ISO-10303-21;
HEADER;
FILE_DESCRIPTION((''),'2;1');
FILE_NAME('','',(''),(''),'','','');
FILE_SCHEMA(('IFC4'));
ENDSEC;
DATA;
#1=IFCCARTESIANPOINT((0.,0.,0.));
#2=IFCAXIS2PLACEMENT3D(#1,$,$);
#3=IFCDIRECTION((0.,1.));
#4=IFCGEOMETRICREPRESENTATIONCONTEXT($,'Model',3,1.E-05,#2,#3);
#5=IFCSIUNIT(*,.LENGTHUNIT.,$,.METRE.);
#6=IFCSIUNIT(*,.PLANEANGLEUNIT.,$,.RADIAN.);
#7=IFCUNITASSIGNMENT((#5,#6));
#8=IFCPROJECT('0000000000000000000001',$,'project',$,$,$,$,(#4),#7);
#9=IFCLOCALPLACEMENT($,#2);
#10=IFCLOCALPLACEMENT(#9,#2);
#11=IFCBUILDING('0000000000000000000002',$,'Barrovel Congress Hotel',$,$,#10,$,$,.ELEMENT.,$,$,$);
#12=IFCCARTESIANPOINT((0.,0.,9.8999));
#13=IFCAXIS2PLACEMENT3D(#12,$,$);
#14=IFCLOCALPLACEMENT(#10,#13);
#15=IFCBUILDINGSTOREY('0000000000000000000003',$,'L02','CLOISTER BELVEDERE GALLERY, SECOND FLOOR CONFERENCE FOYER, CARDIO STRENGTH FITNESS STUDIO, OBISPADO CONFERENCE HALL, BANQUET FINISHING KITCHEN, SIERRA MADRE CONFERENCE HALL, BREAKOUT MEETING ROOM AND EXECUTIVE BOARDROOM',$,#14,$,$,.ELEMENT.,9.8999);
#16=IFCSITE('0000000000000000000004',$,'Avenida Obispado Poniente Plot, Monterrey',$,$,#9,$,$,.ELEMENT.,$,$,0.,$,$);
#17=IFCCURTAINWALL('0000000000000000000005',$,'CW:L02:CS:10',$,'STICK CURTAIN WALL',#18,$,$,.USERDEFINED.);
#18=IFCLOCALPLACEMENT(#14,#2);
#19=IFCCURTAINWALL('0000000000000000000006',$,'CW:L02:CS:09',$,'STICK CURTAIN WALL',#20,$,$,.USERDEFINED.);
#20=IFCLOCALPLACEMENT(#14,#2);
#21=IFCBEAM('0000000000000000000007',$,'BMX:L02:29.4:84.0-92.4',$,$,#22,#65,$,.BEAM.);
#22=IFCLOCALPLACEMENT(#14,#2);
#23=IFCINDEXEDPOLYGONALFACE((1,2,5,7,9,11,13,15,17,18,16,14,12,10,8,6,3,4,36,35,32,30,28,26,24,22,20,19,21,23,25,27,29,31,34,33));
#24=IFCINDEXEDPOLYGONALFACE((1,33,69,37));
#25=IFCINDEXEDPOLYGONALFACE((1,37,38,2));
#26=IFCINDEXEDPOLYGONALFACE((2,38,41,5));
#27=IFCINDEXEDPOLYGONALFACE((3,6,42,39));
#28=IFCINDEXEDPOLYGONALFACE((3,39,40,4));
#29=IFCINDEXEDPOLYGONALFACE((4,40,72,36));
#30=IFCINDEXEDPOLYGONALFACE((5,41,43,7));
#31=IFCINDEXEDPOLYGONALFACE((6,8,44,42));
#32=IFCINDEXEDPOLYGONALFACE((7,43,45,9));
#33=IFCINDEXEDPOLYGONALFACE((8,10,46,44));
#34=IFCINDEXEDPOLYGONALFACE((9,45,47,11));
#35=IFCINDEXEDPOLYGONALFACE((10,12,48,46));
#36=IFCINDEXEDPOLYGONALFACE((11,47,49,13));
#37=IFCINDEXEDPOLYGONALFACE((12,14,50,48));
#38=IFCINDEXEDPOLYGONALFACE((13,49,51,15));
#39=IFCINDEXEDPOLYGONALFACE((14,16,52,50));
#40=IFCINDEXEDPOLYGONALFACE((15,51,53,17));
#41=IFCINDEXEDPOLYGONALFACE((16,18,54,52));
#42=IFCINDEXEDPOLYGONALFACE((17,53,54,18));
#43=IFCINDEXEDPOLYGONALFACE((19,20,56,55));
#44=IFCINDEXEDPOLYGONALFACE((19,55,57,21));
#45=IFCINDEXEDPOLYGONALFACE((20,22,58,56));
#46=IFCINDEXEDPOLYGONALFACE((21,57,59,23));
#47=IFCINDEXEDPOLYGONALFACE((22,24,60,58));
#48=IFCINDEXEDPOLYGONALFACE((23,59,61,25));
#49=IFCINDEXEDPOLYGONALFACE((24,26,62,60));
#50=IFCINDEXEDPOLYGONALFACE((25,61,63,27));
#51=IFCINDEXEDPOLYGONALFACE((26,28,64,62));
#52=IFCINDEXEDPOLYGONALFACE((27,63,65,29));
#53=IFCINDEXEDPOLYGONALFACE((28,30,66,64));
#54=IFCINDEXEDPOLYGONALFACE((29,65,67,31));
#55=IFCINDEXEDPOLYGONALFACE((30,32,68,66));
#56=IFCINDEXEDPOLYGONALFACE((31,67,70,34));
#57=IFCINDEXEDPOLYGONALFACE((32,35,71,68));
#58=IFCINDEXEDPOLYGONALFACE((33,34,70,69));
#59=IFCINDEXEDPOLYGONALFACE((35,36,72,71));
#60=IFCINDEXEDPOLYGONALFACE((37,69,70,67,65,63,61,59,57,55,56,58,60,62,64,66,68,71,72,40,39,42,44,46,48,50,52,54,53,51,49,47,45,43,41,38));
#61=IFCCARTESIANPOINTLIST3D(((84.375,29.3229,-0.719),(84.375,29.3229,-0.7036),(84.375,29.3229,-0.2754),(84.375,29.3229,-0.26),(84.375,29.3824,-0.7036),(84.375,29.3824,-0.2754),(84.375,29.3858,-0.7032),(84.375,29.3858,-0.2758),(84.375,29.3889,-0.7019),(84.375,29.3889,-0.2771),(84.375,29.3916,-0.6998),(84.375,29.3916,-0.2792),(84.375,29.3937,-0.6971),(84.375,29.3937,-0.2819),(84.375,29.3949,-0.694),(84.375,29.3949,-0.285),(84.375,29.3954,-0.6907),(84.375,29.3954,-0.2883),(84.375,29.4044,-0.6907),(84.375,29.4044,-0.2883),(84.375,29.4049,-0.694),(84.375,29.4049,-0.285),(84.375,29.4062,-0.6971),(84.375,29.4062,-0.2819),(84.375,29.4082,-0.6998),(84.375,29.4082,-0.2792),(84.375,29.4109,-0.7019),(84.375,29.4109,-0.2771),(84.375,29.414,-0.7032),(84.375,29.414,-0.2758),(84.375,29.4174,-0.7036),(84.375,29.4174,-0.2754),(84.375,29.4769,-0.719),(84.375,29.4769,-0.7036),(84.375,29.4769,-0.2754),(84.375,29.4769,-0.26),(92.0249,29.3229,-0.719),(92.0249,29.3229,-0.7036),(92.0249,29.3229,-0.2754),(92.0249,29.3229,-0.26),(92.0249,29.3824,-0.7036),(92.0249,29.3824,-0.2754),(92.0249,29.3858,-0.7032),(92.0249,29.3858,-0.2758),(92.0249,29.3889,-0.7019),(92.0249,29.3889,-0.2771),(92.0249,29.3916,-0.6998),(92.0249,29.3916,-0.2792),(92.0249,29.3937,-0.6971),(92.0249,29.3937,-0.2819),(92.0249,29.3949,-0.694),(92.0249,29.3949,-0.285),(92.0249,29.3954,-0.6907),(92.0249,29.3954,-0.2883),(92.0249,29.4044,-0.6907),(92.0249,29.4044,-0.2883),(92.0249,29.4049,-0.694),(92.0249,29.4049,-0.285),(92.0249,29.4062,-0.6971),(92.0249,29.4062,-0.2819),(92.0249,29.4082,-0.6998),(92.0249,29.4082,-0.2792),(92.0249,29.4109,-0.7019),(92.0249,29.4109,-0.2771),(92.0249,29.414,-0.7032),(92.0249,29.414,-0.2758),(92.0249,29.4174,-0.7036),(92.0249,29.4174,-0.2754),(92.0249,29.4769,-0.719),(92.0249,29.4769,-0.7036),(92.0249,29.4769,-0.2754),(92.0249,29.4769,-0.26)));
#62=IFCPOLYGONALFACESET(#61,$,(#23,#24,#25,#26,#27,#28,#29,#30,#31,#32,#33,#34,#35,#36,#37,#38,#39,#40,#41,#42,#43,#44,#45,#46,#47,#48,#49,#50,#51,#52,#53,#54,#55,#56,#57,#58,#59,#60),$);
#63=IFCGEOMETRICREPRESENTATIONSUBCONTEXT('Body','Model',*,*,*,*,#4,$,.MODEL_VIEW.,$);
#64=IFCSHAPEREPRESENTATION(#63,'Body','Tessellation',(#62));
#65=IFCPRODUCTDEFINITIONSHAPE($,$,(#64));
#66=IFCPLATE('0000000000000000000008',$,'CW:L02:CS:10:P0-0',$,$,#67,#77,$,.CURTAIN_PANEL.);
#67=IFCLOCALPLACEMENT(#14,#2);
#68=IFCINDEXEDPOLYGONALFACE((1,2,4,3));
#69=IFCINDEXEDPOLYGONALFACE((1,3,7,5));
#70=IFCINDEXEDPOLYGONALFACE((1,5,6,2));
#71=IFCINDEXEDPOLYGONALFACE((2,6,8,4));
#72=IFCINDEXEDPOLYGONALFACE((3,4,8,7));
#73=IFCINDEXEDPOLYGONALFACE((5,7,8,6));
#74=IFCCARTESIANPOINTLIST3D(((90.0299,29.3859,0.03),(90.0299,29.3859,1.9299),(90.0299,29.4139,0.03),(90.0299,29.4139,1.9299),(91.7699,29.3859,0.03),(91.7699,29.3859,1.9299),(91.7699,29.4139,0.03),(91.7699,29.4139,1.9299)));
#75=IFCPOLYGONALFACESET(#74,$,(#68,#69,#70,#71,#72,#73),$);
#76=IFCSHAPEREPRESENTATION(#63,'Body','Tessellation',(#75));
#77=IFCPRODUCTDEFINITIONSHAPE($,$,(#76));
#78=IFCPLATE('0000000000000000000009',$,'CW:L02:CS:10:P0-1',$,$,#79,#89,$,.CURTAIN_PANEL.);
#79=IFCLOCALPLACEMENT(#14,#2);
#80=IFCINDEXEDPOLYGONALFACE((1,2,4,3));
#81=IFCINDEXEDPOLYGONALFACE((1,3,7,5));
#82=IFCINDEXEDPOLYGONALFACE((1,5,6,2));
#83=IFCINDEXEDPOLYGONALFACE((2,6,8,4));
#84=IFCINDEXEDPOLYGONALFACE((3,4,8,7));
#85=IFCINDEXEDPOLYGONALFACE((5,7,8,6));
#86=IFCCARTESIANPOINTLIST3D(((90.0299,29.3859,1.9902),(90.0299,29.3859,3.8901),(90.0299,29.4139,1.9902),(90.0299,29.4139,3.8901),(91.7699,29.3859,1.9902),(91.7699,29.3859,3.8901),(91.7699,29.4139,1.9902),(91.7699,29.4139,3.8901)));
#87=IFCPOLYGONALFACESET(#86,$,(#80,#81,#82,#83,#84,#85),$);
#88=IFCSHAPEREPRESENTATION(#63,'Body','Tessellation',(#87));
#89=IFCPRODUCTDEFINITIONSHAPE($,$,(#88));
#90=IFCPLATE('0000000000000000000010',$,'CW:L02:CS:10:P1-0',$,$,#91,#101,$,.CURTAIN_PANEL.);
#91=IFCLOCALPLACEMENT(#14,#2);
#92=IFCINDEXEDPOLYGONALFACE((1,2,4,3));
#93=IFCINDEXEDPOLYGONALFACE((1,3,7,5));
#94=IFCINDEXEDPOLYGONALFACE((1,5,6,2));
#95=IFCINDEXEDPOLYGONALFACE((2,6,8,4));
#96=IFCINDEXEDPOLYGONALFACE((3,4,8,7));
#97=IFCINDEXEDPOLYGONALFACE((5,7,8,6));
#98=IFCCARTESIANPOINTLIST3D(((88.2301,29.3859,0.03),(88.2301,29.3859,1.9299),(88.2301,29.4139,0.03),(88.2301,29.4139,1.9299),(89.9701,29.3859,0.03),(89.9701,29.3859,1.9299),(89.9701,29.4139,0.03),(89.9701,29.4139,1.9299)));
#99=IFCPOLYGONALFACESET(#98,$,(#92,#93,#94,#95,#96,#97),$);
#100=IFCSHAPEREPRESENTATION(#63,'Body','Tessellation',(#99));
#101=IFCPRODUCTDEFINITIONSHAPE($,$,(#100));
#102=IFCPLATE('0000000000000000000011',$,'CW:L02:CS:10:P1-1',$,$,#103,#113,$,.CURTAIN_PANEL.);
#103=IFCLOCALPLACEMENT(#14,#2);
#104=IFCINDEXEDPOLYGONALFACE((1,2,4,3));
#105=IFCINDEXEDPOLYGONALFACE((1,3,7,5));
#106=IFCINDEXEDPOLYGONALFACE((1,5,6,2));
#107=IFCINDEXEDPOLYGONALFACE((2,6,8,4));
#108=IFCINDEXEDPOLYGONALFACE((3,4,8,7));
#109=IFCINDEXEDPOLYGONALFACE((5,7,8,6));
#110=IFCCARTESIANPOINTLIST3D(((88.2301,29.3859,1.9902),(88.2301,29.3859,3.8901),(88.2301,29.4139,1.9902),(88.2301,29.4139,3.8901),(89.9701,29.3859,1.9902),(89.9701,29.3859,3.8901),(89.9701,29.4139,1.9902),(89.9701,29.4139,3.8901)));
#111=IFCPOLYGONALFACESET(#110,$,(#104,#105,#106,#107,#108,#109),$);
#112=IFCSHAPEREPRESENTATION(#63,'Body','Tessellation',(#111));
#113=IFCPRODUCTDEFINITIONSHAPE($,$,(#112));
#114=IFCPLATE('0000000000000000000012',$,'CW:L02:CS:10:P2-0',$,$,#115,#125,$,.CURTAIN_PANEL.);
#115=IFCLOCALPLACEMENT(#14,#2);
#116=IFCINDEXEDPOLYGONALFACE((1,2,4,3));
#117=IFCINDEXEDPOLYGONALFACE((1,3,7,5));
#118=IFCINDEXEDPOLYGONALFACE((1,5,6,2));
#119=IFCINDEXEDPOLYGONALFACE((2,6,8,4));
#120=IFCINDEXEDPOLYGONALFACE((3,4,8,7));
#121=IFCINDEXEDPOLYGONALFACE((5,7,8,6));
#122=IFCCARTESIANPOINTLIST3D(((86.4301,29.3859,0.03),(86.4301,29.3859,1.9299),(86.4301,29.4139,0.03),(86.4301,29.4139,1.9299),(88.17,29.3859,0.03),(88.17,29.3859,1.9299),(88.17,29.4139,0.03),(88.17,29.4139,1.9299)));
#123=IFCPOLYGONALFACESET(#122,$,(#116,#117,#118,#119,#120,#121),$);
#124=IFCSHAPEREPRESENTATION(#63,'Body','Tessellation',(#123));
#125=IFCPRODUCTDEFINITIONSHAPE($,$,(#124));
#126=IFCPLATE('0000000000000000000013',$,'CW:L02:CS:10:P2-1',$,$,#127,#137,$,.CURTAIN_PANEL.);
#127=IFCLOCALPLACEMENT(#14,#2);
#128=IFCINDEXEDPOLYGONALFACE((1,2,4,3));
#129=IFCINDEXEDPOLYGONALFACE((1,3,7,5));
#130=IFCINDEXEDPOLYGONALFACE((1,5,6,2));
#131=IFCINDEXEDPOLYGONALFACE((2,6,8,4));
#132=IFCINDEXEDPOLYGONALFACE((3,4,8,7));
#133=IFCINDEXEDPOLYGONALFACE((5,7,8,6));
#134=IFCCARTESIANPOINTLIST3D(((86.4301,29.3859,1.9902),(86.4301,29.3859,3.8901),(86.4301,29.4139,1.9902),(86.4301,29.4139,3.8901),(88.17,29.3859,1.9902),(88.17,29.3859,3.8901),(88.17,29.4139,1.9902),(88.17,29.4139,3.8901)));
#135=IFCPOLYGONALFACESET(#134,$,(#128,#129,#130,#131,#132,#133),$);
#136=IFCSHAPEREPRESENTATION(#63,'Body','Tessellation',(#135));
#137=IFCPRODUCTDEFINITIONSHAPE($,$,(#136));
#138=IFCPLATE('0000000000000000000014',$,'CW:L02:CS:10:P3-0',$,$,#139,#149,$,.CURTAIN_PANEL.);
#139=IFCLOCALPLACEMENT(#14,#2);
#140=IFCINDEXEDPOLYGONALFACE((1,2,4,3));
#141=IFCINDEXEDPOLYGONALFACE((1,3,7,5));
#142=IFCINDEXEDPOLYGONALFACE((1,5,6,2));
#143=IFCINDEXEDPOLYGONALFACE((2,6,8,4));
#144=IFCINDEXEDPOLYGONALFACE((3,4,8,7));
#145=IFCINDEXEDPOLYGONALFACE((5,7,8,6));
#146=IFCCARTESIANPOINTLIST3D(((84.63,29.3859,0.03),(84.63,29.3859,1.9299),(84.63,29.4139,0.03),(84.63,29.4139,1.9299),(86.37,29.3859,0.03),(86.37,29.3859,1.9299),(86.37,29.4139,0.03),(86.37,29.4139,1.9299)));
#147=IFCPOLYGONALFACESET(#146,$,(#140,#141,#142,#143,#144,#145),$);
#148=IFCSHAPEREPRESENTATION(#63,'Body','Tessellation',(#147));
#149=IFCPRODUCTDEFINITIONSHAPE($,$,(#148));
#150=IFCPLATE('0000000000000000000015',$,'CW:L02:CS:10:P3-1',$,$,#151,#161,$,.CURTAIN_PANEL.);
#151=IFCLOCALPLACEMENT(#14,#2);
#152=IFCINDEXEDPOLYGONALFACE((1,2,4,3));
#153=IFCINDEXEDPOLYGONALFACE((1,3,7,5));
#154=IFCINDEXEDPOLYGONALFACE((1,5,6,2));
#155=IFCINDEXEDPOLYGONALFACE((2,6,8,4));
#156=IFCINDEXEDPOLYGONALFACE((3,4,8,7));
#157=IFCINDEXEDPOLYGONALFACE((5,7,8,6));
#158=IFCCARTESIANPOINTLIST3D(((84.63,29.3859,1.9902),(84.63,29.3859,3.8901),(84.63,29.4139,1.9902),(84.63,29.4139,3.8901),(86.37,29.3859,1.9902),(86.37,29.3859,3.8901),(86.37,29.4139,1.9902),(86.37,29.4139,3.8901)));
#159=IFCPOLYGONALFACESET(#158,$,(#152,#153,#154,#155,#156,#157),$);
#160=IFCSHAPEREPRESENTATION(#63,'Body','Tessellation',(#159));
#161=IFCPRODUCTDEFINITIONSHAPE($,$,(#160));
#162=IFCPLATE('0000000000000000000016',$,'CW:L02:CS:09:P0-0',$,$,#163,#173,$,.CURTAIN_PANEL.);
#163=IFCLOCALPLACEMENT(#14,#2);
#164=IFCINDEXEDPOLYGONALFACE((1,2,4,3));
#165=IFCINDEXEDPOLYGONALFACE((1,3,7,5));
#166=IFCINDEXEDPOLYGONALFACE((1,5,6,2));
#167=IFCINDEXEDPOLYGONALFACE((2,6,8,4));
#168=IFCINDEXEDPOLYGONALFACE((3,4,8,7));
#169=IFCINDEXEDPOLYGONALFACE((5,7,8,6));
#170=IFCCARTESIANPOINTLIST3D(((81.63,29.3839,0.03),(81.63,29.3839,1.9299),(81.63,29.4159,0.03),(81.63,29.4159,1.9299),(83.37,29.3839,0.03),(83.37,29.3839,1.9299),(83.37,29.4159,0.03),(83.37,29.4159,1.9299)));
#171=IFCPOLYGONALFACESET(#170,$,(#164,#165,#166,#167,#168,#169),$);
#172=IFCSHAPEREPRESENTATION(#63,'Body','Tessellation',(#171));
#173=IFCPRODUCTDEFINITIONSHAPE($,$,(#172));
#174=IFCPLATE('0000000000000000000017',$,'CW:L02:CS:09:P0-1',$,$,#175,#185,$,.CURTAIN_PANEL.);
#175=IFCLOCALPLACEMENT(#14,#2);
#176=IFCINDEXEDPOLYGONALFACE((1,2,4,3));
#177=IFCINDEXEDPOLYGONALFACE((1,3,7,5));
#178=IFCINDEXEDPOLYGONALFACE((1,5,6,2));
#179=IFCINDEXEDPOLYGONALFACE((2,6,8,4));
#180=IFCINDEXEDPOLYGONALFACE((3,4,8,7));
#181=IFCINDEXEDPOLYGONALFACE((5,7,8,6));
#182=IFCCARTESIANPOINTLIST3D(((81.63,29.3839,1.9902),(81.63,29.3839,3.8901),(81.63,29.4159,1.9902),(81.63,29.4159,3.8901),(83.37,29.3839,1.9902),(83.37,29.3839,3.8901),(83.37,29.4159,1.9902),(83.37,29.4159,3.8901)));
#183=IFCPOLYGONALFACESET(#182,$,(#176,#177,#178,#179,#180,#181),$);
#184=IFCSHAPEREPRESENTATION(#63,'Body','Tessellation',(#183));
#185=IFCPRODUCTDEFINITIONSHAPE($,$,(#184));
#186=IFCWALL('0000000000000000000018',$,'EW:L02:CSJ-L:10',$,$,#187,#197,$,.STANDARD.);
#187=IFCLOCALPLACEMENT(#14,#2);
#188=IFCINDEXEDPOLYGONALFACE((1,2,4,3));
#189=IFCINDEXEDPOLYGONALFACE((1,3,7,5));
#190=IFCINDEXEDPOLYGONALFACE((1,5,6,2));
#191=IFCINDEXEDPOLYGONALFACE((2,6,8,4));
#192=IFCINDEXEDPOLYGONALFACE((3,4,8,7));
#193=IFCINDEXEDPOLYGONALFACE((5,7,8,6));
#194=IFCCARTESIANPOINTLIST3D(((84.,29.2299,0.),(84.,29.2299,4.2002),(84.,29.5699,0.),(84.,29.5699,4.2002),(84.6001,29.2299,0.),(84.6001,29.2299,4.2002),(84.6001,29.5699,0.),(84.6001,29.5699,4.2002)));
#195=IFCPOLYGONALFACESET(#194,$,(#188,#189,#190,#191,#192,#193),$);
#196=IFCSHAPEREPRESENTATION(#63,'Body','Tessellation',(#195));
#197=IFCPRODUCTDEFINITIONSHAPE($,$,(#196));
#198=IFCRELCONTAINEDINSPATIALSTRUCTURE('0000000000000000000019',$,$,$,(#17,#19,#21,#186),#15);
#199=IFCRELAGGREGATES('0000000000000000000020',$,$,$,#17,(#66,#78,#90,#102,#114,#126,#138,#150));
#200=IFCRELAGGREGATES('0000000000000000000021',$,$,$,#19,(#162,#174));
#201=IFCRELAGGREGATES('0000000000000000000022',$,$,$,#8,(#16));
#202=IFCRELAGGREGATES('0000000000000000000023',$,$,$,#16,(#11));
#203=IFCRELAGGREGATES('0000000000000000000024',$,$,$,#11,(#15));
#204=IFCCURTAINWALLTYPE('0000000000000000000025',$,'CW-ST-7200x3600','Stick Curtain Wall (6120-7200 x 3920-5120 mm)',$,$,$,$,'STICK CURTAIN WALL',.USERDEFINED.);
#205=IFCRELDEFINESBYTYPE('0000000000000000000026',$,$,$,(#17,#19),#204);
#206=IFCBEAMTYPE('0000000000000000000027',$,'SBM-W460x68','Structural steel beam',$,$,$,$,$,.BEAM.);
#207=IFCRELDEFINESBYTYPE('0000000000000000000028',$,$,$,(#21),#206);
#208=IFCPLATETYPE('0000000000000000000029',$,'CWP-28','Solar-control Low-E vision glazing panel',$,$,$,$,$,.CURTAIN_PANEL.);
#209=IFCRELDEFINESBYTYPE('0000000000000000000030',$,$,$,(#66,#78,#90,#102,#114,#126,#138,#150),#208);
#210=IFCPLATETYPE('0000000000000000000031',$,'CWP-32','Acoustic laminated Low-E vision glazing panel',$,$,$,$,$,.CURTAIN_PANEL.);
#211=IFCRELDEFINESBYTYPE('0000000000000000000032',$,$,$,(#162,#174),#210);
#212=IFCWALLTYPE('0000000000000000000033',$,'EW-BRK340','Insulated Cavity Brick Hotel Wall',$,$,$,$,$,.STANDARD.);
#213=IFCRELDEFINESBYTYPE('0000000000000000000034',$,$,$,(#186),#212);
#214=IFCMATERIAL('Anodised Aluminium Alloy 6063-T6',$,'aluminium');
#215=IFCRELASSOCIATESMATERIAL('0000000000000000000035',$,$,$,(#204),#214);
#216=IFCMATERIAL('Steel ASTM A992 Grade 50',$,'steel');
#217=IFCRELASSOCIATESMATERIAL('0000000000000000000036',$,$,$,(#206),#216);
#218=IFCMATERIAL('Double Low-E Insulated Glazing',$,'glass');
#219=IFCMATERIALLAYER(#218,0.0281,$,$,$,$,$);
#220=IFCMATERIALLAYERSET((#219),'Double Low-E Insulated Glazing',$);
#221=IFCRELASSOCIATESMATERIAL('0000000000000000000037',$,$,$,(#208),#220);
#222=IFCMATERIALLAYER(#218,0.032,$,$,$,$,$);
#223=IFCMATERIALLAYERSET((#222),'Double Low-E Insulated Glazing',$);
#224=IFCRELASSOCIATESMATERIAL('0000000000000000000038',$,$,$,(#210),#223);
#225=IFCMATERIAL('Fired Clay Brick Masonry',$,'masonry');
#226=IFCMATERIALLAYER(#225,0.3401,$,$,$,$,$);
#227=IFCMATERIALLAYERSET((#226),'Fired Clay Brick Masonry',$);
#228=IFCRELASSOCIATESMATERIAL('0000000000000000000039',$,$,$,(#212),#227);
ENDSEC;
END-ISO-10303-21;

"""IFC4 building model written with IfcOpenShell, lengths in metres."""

from ifc_helpers import new_model, si_unit, direction, frame, frame_2d, origin, origin_2d, place, context, subcontext, project, spatial, rectangle, i_section, extrude, material, layer, layer_set, material_profile, profile_set, type_object, element, aggregate, save


model = new_model("IFC4")

# Units and contexts
model_context = context("Model", 3, precision=1e-05, world=origin(), true_north=direction((0.0, 1.0)))
body_context = subcontext(model_context, "Body", "Model", "MODEL_VIEW")
ifc_project = project(units=[si_unit("LENGTHUNIT", "METRE"), si_unit("PLANEANGLEUNIT", "RADIAN")], contexts=[model_context])

# Site, building, storey
site_placement = place(None, origin())
site = spatial("IfcSite", under=ifc_project, at=site_placement, Name="Avenida Obispado Poniente Plot, Monterrey", CompositionType="ELEMENT", RefElevation=0.0)
building_placement = place(site_placement, origin())
building = spatial("IfcBuilding", under=site, at=building_placement, Name="Barrovel Congress Hotel", CompositionType="ELEMENT")
storey_placement = place(building_placement, frame((0.0, 0.0, 9.8999)))
storey = spatial("IfcBuildingStorey", under=building, at=storey_placement, Name="L02", Description="CLOISTER BELVEDERE GALLERY, SECOND FLOOR CONFERENCE FOYER, CARDIO STRENGTH FITNESS STUDIO, OBISPADO CONFERENCE HALL, BANQUET FINISHING KITCHEN, SIERRA MADRE CONFERENCE HALL, BREAKOUT MEETING ROOM AND EXECUTIVE BOARDROOM", CompositionType="ELEMENT", Elevation=9.8999)

# Curtain walls
ifc_material_1 = material(Name="Anodised Aluminium Alloy 6063-T6", Category="aluminium")
curtain_wall_type = type_object("IfcCurtainWallType", Name="CW-ST-7200x3600", Description="Stick Curtain Wall (6120-7200 x 3920-5120 mm)", ElementType="STICK CURTAIN WALL", PredefinedType="USERDEFINED", material=ifc_material_1)
curtain_wall_1_placement = place(storey_placement, origin())
curtain_wall_1 = element("IfcCurtainWall", 1, at=curtain_wall_1_placement, inside=storey, type_object=curtain_wall_type, Name="CW:L02:CS:10", ObjectType="STICK CURTAIN WALL", PredefinedType="USERDEFINED")
curtain_wall_2_placement = place(storey_placement, origin())
curtain_wall_2 = element("IfcCurtainWall", 2, at=curtain_wall_2_placement, inside=storey, type_object=curtain_wall_type, Name="CW:L02:CS:09", ObjectType="STICK CURTAIN WALL", PredefinedType="USERDEFINED")

# Beam
ifc_material_2 = material(Name="Steel ASTM A992 Grade 50", Category="steel")
ifc_material_profile_1 = material_profile(ifc_material_2, i_section(OverallWidth=0.1541, OverallDepth=0.459, WebThickness=0.009, FlangeThickness=0.0154, FilletRadius=0.0129, at=origin_2d()), Name="W460x68")
ifc_profile_set_1 = profile_set([ifc_material_profile_1], Name="Steel ASTM A992 Grade 50")
beam_type = type_object("IfcBeamType", Name="SBM-W460x68", Description="Structural steel beam", PredefinedType="BEAM", material=ifc_profile_set_1)
beam_placement = place(storey_placement, frame((84.375, 29.3999, -0.4895), z_axis=(1.0, 0.0, 0.0), x_axis=(0.0, 1.0, 0.0)))
element("IfcBeam", 3, at=beam_placement, inside=storey, type_object=beam_type, Name="BMX:L02:29.4:84.0-92.4", PredefinedType="BEAM", context=body_context, shape_type="SweptSolid", body=[
    extrude(i_section(OverallWidth=0.1541, OverallDepth=0.459, WebThickness=0.009, FlangeThickness=0.0154, FilletRadius=0.0129, at=origin_2d()), origin(), (0.0, 0.0, 1.0), 7.6499),
])

# Plates
ifc_material_3 = material(Name="Double Low-E Insulated Glazing", Category="glass")
ifc_layer_1 = layer(ifc_material_3, 0.0281)
ifc_layer_set_1 = layer_set([ifc_layer_1], Name="Double Low-E Insulated Glazing")
plate_type_1 = type_object("IfcPlateType", Name="CWP-28", Description="Solar-control Low-E vision glazing panel", PredefinedType="CURTAIN_PANEL", material=ifc_layer_set_1)
plate_1_placement = place(storey_placement, frame((90.8999, 29.3999, 0.03), z_axis=(0.0, 0.0, 1.0), x_axis=(-1.0, 0.0, 0.0)))
plate_1 = element("IfcPlate", 4, at=plate_1_placement, type_object=plate_type_1, Name="CW:L02:CS:10:P0-0", PredefinedType="CURTAIN_PANEL", context=body_context, shape_type="SweptSolid", body=[
    extrude(rectangle(XDim=1.74, YDim=0.0281, at=origin_2d()), origin(), (0.0, 0.0, 1.0), 1.8999),
])
plate_2_placement = place(storey_placement, frame((90.8999, 29.3999, 1.9902), z_axis=(0.0, 0.0, 1.0), x_axis=(-1.0, 0.0, 0.0)))
plate_2 = element("IfcPlate", 5, at=plate_2_placement, type_object=plate_type_1, Name="CW:L02:CS:10:P0-1", PredefinedType="CURTAIN_PANEL", context=body_context, shape_type="SweptSolid", body=[
    extrude(rectangle(XDim=1.74, YDim=0.0281, at=origin_2d()), origin(), (0.0, 0.0, 1.0), 1.8999),
])
plate_3_placement = place(storey_placement, frame((89.1001, 29.3999, 0.03), z_axis=(0.0, 0.0, 1.0), x_axis=(-1.0, 0.0, 0.0)))
plate_3 = element("IfcPlate", 6, at=plate_3_placement, type_object=plate_type_1, Name="CW:L02:CS:10:P1-0", PredefinedType="CURTAIN_PANEL", context=body_context, shape_type="SweptSolid", body=[
    extrude(rectangle(XDim=1.74, YDim=0.0281, at=origin_2d()), origin(), (0.0, 0.0, 1.0), 1.8999),
])
plate_4_placement = place(storey_placement, frame((89.1001, 29.3999, 1.9902), z_axis=(0.0, 0.0, 1.0), x_axis=(-1.0, 0.0, 0.0)))
plate_4 = element("IfcPlate", 7, at=plate_4_placement, type_object=plate_type_1, Name="CW:L02:CS:10:P1-1", PredefinedType="CURTAIN_PANEL", context=body_context, shape_type="SweptSolid", body=[
    extrude(rectangle(XDim=1.74, YDim=0.0281, at=origin_2d()), origin(), (0.0, 0.0, 1.0), 1.8999),
])
plate_5_placement = place(storey_placement, frame((87.3, 29.3999, 0.03), z_axis=(0.0, 0.0, 1.0), x_axis=(-1.0, 0.0, 0.0)))
plate_5 = element("IfcPlate", 8, at=plate_5_placement, type_object=plate_type_1, Name="CW:L02:CS:10:P2-0", PredefinedType="CURTAIN_PANEL", context=body_context, shape_type="SweptSolid", body=[
    extrude(rectangle(XDim=1.74, YDim=0.0281, at=origin_2d()), origin(), (0.0, 0.0, 1.0), 1.8999),
])
plate_6_placement = place(storey_placement, frame((87.3, 29.3999, 1.9902), z_axis=(0.0, 0.0, 1.0), x_axis=(-1.0, 0.0, 0.0)))
plate_6 = element("IfcPlate", 9, at=plate_6_placement, type_object=plate_type_1, Name="CW:L02:CS:10:P2-1", PredefinedType="CURTAIN_PANEL", context=body_context, shape_type="SweptSolid", body=[
    extrude(rectangle(XDim=1.74, YDim=0.0281, at=origin_2d()), origin(), (0.0, 0.0, 1.0), 1.8999),
])
plate_7_placement = place(storey_placement, frame((85.5, 29.3999, 0.03), z_axis=(0.0, 0.0, 1.0), x_axis=(-1.0, 0.0, 0.0)))
plate_7 = element("IfcPlate", 10, at=plate_7_placement, type_object=plate_type_1, Name="CW:L02:CS:10:P3-0", PredefinedType="CURTAIN_PANEL", context=body_context, shape_type="SweptSolid", body=[
    extrude(rectangle(XDim=1.74, YDim=0.0281, at=origin_2d()), origin(), (0.0, 0.0, 1.0), 1.8999),
])
plate_8_placement = place(storey_placement, frame((85.5, 29.3999, 1.9902), z_axis=(0.0, 0.0, 1.0), x_axis=(-1.0, 0.0, 0.0)))
plate_8 = element("IfcPlate", 11, at=plate_8_placement, type_object=plate_type_1, Name="CW:L02:CS:10:P3-1", PredefinedType="CURTAIN_PANEL", context=body_context, shape_type="SweptSolid", body=[
    extrude(rectangle(XDim=1.74, YDim=0.0281, at=origin_2d()), origin(), (0.0, 0.0, 1.0), 1.8999),
])
aggregate(curtain_wall_1, [plate_1, plate_2, plate_3, plate_4, plate_5, plate_6, plate_7, plate_8])
ifc_layer_2 = layer(ifc_material_3, 0.032)
ifc_layer_set_2 = layer_set([ifc_layer_2], Name="Double Low-E Insulated Glazing")
plate_type_2 = type_object("IfcPlateType", Name="CWP-32", Description="Acoustic laminated Low-E vision glazing panel", PredefinedType="CURTAIN_PANEL", material=ifc_layer_set_2)
plate_9_placement = place(storey_placement, frame((82.5, 29.3999, 0.03), z_axis=(0.0, 0.0, 1.0), x_axis=(-1.0, 0.0, 0.0)))
plate_9 = element("IfcPlate", 12, at=plate_9_placement, type_object=plate_type_2, Name="CW:L02:CS:09:P0-0", PredefinedType="CURTAIN_PANEL", context=body_context, shape_type="SweptSolid", body=[
    extrude(rectangle(XDim=1.74, YDim=0.032, at=origin_2d()), origin(), (0.0, 0.0, 1.0), 1.8999),
])
plate_10_placement = place(storey_placement, frame((82.5, 29.3999, 1.9902), z_axis=(0.0, 0.0, 1.0), x_axis=(-1.0, 0.0, 0.0)))
plate_10 = element("IfcPlate", 13, at=plate_10_placement, type_object=plate_type_2, Name="CW:L02:CS:09:P0-1", PredefinedType="CURTAIN_PANEL", context=body_context, shape_type="SweptSolid", body=[
    extrude(rectangle(XDim=1.74, YDim=0.032, at=origin_2d()), origin(), (0.0, 0.0, 1.0), 1.8999),
])
aggregate(curtain_wall_2, [plate_9, plate_10])

# Wall
ifc_material_4 = material(Name="Fired Clay Brick Masonry", Category="masonry")
ifc_layer_3 = layer(ifc_material_4, 0.3401)
ifc_layer_set_3 = layer_set([ifc_layer_3], Name="Fired Clay Brick Masonry")
wall_type = type_object("IfcWallType", Name="EW-BRK340", Description="Insulated Cavity Brick Hotel Wall", PredefinedType="STANDARD", material=ifc_layer_set_3)
for number, where, z_axis, x_axis, name in (
    (14, (84.6001, 29.3999, 0.0), (0.0, 0.0, 1.0), (-1.0, 0.0, 0.0), "EW:L02:CSJ-L:10"),
):
    element("IfcWall", number, at=place(storey_placement, frame(where, z_axis=z_axis, x_axis=x_axis)), inside=storey, type_object=wall_type, Name=name, PredefinedType="STANDARD", context=body_context, shape_type="SweptSolid", body=[
        extrude(rectangle(XDim=0.6001, YDim=0.3401, at=frame_2d((0.3, 0.0))), origin(), (0.0, 0.0, 1.0), 4.2002),
    ])

save(model, "model.ifc")
